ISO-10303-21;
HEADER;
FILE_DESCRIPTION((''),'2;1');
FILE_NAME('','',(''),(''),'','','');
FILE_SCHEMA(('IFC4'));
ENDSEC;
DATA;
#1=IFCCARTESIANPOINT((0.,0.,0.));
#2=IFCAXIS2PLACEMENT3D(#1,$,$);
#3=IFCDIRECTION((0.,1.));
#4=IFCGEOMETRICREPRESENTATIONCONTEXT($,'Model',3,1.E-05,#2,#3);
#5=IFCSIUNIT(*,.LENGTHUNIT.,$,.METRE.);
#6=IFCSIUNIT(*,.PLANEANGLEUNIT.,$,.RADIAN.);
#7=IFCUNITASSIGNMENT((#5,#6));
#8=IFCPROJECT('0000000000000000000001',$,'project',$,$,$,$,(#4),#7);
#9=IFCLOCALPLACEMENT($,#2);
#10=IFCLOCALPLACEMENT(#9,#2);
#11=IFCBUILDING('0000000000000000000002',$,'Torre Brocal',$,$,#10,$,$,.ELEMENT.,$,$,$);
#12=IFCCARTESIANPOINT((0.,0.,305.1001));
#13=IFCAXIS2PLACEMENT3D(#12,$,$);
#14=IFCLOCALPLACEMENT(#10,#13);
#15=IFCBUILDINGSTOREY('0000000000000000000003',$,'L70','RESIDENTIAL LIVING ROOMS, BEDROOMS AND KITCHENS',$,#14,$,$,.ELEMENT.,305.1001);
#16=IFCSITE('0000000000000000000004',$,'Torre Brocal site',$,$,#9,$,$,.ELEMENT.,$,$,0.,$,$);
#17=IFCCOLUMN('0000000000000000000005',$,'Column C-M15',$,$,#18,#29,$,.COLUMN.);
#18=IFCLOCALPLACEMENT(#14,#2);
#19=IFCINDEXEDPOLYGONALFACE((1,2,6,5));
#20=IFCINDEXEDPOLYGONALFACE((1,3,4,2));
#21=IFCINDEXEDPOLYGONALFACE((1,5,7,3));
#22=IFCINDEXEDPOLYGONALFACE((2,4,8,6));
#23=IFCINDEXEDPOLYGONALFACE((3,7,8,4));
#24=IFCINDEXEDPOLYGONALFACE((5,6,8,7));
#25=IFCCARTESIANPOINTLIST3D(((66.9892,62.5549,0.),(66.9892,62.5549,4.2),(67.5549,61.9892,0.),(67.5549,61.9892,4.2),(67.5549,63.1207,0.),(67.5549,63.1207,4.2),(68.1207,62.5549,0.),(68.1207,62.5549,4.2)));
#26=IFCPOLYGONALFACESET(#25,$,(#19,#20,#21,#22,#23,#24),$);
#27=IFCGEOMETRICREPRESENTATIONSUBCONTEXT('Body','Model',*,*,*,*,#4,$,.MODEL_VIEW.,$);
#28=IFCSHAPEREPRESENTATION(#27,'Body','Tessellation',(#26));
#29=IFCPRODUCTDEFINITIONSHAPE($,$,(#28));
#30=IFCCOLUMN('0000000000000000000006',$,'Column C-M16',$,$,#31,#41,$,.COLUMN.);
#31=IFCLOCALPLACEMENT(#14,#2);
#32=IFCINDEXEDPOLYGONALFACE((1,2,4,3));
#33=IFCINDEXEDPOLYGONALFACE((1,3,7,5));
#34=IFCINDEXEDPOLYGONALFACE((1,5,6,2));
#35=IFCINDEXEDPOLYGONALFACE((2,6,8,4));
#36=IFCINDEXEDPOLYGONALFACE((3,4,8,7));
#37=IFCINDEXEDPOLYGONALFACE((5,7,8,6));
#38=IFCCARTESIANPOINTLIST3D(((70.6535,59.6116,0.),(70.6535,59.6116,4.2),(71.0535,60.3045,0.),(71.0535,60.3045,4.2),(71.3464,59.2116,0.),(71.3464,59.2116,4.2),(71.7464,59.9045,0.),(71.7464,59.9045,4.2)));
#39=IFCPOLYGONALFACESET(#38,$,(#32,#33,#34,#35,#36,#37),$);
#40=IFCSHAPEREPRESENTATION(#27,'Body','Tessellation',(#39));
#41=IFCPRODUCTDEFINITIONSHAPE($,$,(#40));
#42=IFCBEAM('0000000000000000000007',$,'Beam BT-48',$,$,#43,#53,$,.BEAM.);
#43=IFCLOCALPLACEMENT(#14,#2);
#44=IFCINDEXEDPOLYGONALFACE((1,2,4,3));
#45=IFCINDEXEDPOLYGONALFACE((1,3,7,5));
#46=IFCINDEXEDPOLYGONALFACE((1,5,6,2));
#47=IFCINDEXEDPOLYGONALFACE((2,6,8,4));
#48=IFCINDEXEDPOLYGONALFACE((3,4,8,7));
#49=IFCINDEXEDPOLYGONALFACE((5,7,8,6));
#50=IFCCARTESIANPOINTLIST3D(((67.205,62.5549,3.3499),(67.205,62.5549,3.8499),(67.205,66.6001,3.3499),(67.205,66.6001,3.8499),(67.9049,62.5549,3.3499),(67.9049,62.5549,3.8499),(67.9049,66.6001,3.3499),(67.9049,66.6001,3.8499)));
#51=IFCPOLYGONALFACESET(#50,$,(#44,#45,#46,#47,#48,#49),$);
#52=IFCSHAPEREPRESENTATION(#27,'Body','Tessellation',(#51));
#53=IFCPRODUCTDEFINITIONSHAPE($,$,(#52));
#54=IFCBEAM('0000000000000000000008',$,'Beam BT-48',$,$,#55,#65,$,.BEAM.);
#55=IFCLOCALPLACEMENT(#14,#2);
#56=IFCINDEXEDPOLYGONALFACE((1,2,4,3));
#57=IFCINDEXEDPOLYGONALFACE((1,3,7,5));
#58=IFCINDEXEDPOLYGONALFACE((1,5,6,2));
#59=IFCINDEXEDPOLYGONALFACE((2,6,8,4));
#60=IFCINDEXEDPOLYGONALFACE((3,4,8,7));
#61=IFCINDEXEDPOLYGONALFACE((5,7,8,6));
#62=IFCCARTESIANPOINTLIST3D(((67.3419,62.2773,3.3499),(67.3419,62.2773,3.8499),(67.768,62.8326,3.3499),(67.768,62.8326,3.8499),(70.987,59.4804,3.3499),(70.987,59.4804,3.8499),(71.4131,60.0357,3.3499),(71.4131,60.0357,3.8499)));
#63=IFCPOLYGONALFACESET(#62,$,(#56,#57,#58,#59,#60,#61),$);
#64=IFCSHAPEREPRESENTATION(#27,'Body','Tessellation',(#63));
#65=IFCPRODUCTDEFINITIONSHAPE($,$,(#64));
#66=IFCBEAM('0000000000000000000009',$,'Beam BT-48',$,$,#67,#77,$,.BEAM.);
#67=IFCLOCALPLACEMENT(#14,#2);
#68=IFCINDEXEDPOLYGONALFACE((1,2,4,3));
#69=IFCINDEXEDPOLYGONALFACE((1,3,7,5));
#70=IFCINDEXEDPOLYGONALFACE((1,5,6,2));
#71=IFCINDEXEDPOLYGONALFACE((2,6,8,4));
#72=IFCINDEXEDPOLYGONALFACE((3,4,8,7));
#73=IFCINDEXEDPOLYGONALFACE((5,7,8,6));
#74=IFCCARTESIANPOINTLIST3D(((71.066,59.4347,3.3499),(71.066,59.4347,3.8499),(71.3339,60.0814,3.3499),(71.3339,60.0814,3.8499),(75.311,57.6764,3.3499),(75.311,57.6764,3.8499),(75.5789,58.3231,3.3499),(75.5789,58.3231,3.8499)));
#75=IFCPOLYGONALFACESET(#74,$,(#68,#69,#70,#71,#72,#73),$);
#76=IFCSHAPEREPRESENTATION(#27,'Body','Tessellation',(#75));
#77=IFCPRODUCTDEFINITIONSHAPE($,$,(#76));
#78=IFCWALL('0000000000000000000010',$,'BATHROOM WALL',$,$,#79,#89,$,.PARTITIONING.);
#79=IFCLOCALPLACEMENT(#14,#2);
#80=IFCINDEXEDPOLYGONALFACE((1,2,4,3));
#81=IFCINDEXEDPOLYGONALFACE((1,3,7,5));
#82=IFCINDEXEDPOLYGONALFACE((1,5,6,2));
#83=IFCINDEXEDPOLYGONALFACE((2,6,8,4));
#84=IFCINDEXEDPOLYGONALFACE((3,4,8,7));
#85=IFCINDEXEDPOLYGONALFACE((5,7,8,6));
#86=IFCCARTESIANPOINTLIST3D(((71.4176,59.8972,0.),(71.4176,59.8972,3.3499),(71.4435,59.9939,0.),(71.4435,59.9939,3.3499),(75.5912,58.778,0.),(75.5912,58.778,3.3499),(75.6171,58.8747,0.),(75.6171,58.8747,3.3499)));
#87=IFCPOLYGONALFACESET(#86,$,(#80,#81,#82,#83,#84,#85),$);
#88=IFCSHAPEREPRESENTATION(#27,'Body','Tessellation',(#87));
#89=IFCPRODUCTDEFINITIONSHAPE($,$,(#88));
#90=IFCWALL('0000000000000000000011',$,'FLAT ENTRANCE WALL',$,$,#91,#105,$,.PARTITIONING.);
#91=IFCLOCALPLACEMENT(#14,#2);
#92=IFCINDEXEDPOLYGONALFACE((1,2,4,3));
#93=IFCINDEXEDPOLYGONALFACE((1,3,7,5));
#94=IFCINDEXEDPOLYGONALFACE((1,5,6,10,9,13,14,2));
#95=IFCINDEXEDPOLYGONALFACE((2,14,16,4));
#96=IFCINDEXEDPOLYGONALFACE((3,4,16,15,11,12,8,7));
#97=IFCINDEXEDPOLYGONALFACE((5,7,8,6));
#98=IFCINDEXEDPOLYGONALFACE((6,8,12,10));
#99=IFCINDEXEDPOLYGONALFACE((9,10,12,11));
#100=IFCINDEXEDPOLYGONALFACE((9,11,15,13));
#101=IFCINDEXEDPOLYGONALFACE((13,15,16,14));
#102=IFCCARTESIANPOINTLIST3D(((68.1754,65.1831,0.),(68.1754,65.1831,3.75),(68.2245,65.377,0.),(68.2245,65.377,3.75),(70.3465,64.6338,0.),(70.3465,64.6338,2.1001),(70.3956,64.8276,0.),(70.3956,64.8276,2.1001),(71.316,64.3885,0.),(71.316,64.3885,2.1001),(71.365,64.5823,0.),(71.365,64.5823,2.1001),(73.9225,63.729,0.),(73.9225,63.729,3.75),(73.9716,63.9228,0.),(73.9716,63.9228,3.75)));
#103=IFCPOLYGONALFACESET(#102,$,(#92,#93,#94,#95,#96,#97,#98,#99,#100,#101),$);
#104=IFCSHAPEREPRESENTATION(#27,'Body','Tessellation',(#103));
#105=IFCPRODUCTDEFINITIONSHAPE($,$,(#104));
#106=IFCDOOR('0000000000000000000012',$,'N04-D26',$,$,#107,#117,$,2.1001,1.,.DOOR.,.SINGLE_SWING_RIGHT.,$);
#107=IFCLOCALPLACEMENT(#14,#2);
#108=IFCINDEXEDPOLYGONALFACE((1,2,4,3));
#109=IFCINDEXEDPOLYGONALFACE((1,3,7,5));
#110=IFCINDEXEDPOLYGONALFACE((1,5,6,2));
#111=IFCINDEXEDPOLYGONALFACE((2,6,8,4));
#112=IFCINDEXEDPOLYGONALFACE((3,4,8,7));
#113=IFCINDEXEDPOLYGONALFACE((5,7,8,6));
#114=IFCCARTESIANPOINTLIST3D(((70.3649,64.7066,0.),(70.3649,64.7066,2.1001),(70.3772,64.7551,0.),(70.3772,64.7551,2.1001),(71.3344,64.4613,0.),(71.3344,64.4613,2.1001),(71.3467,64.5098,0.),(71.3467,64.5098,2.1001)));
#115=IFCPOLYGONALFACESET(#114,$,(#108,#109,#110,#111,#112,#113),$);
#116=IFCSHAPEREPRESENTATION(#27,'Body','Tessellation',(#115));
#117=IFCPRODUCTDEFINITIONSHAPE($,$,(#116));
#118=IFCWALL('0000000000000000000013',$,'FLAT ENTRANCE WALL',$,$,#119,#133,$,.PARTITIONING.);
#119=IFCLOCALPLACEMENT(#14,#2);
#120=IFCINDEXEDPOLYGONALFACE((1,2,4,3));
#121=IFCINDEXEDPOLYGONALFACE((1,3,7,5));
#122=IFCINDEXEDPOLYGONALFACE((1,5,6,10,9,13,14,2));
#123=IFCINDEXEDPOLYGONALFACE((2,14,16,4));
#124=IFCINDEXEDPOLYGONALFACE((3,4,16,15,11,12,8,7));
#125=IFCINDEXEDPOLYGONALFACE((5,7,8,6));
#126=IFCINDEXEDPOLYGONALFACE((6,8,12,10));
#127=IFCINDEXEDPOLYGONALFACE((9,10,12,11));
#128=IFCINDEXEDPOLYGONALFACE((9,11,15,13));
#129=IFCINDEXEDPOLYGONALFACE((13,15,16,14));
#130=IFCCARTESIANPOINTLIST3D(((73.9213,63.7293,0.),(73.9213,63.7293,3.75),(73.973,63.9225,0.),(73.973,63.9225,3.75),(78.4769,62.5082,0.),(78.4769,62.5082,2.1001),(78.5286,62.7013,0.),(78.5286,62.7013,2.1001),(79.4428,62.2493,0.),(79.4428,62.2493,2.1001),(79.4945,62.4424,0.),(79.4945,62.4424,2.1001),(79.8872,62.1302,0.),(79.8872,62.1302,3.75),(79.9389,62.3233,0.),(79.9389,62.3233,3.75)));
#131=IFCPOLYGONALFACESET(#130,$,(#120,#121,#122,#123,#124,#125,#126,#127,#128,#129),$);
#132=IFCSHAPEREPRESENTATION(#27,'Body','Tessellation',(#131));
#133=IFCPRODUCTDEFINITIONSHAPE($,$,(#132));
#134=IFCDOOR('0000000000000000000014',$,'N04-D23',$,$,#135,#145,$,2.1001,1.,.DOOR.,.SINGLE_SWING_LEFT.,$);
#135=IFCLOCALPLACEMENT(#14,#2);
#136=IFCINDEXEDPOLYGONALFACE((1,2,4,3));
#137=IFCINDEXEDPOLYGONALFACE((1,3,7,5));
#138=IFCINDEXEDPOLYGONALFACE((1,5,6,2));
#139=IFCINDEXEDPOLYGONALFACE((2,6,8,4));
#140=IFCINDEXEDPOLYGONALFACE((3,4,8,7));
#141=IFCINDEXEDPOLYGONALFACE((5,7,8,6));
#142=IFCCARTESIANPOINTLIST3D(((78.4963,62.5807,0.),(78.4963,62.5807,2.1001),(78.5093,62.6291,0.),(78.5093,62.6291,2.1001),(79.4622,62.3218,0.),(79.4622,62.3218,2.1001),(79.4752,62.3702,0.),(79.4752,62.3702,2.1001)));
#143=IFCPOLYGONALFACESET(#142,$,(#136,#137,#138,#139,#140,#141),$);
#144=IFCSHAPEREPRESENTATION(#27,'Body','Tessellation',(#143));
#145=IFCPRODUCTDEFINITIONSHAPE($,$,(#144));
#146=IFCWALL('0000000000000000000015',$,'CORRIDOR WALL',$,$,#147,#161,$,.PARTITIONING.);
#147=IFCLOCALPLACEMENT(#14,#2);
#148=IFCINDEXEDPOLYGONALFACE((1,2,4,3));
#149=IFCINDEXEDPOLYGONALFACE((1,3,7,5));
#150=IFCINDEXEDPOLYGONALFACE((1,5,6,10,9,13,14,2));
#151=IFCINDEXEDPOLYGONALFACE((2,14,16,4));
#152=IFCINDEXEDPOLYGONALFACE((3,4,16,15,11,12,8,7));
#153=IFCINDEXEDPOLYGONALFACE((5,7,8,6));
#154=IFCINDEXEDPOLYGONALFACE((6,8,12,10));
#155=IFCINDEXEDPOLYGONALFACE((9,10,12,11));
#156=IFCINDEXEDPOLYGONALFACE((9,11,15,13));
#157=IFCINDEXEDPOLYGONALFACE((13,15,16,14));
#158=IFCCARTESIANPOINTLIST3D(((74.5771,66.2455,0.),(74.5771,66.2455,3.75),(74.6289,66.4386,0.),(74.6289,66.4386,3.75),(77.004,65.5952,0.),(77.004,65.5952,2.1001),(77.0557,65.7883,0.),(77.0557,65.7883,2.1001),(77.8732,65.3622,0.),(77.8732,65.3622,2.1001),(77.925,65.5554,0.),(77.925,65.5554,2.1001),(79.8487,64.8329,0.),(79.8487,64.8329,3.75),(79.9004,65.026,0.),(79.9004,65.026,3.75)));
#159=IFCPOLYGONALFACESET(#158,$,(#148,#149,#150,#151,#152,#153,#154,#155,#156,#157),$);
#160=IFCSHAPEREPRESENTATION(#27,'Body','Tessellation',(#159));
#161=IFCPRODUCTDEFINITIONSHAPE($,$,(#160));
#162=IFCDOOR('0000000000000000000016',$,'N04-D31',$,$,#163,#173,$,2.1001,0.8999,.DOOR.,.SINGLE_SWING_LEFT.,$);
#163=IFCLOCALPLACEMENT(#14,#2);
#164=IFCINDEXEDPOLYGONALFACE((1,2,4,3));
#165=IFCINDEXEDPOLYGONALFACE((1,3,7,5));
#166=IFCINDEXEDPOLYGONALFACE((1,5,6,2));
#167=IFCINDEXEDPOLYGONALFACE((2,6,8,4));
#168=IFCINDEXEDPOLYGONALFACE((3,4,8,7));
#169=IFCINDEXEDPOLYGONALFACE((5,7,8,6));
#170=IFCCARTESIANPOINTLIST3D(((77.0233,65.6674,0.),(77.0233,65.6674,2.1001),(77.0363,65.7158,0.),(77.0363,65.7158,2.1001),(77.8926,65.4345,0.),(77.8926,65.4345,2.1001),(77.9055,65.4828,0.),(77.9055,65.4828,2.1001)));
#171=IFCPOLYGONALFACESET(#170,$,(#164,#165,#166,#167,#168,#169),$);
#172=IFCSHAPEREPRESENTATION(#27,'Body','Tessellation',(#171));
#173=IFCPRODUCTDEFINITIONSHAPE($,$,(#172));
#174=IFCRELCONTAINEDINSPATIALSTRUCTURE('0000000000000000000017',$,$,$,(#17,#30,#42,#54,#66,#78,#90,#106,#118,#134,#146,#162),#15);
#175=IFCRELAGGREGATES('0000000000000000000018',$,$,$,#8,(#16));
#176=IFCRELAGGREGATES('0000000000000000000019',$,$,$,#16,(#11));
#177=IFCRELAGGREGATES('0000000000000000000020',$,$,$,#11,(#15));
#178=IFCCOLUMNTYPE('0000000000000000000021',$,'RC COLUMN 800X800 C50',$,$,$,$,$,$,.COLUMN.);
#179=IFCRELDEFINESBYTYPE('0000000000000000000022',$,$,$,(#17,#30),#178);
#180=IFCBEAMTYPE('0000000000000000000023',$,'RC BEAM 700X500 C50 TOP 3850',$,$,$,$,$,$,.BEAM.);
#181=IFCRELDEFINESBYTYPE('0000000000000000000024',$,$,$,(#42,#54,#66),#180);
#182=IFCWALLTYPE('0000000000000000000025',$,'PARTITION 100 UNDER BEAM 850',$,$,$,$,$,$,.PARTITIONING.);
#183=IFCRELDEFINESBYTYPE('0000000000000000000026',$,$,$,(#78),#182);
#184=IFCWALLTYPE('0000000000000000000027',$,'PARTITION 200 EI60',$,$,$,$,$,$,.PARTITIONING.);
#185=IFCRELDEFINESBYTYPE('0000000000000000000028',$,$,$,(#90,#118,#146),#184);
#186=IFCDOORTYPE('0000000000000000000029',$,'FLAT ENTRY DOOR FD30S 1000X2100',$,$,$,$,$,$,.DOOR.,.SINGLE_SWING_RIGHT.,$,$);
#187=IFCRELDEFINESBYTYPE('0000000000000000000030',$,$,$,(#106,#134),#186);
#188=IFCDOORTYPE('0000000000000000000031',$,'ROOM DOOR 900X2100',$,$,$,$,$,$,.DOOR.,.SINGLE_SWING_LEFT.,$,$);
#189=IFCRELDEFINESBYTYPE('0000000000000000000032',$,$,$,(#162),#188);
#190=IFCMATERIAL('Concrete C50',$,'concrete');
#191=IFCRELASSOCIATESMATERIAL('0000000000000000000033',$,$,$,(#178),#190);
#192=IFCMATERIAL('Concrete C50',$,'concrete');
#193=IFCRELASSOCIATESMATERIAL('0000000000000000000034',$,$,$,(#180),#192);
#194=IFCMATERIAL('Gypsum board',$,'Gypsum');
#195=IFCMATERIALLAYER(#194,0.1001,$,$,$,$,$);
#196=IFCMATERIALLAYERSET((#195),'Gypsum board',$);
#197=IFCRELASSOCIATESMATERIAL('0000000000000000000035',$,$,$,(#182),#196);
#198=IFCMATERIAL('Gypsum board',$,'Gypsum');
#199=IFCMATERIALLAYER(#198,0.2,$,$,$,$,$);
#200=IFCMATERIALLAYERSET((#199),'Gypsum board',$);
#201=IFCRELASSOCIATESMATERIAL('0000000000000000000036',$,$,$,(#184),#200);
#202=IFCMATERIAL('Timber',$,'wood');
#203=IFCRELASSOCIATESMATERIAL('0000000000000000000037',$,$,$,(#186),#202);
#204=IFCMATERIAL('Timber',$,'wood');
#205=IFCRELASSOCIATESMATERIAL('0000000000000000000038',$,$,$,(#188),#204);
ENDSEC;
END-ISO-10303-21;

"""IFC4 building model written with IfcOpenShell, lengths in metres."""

from ifc_helpers import new_model, si_unit, direction, frame, frame_2d, origin, origin_2d, place, context, subcontext, project, spatial, rectangle, extrude, material, layer, layer_set, material_profile, profile_set, type_object, element, fill, save


model = new_model("IFC4")

# Units and contexts
model_context = context("Model", 3, precision=1e-05, world=origin(), true_north=direction((0.0, 1.0)))
body_context = subcontext(model_context, "Body", "Model", "MODEL_VIEW")
ifc_project = project(units=[si_unit("LENGTHUNIT", "METRE"), si_unit("PLANEANGLEUNIT", "RADIAN")], contexts=[model_context])

# Site, building, storey
site_placement = place(None, origin())
site = spatial("IfcSite", under=ifc_project, at=site_placement, Name="Torre Brocal site", CompositionType="ELEMENT", RefElevation=0.0)
building_placement = place(site_placement, origin())
building = spatial("IfcBuilding", under=site, at=building_placement, Name="Torre Brocal", CompositionType="ELEMENT")
storey_placement = place(building_placement, frame((0.0, 0.0, 305.1001)))
storey = spatial("IfcBuildingStorey", under=building, at=storey_placement, Name="L70", Description="RESIDENTIAL LIVING ROOMS, BEDROOMS AND KITCHENS", CompositionType="ELEMENT", Elevation=305.1001)

# Columns
ifc_material_1 = material(Name="Concrete C50", Category="concrete")
ifc_material_profile_1 = material_profile(ifc_material_1, rectangle(XDim=0.8, YDim=0.8, at=origin_2d()), Name="RC 800X800")
ifc_profile_set_1 = profile_set([ifc_material_profile_1], Name="Concrete C50")
column_type = type_object("IfcColumnType", Name="RC COLUMN 800X800 C50", PredefinedType="COLUMN", material=ifc_profile_set_1)
for number, where, z_axis, x_axis, name in (
    (1, (67.5549, 62.5549, 0.0), (0.0, 0.0, 1.0), (-0.707107, -0.707107, 0.0), "Column C-M15"),
    (2, (71.2, 59.7581, 0.0), (0.0, 0.0, 1.0), (-0.5, -0.866025, 0.0), "Column C-M16"),
):
    element("IfcColumn", number, at=place(storey_placement, frame(where, z_axis=z_axis, x_axis=x_axis)), inside=storey, type_object=column_type, Name=name, PredefinedType="COLUMN", context=body_context, shape_type="SweptSolid", body=[
        extrude(rectangle(XDim=0.8, YDim=0.8, at=origin_2d()), origin(), (0.0, 0.0, 1.0), 4.2),
    ])

# Beams
ifc_material_2 = material(Name="Concrete C50", Category="concrete")
ifc_material_profile_2 = material_profile(ifc_material_2, rectangle(XDim=0.7, YDim=0.5, at=origin_2d()), Name="RC 700X500")
ifc_profile_set_2 = profile_set([ifc_material_profile_2], Name="Concrete C50")
beam_type = type_object("IfcBeamType", Name="RC BEAM 700X500 C50 TOP 3850", PredefinedType="BEAM", material=ifc_profile_set_2)
beam_1_placement = place(storey_placement, frame((67.5549, 62.5549, 3.5999), z_axis=(0.0, 1.0, 0.0), x_axis=(-1.0, 0.0, 0.0)))
element("IfcBeam", 3, at=beam_1_placement, inside=storey, type_object=beam_type, Name="Beam BT-48", PredefinedType="BEAM", context=body_context, shape_type="SweptSolid", body=[
    extrude(rectangle(XDim=0.7, YDim=0.5, at=origin_2d()), origin(), (0.0, 0.0, 1.0), 4.0452),
])
beam_2_placement = place(storey_placement, frame((67.5549, 62.5549, 3.5999), z_axis=(0.793358, -0.608755, 0.0), x_axis=(0.608755, 0.793358, 0.0)))
element("IfcBeam", 4, at=beam_2_placement, inside=storey, type_object=beam_type, Name="Beam BT-48", PredefinedType="BEAM", context=body_context, shape_type="SweptSolid", body=[
    extrude(rectangle(XDim=0.7, YDim=0.5, at=origin_2d()), origin(), (0.0, 0.0, 1.0), 4.5945),
])
beam_3_placement = place(storey_placement, frame((71.2, 59.7581, 3.5999), z_axis=(0.923878, -0.382687, 0.0), x_axis=(0.382687, 0.923878, 0.0)))
element("IfcBeam", 5, at=beam_3_placement, inside=storey, type_object=beam_type, Name="Beam BT-48", PredefinedType="BEAM", context=body_context, shape_type="SweptSolid", body=[
    extrude(rectangle(XDim=0.7, YDim=0.5, at=origin_2d()), origin(), (0.0, 0.0, 1.0), 4.5947),
])

# Wall
ifc_material_3 = material(Name="Gypsum board", Category="Gypsum")
ifc_layer_1 = layer(ifc_material_3, 0.1001)
ifc_layer_set_1 = layer_set([ifc_layer_1], Name="Gypsum board")
wall_type_1 = type_object("IfcWallType", Name="PARTITION 100 UNDER BEAM 850", PredefinedType="PARTITIONING", material=ifc_layer_set_1)
wall_1_placement = place(storey_placement, frame((71.4304, 59.9456, 0.0), z_axis=(0.0, 0.0, 1.0), x_axis=(0.965878, -0.258999, 0.0)))
element("IfcWall", 6, at=wall_1_placement, inside=storey, type_object=wall_type_1, Name="BATHROOM WALL", PredefinedType="PARTITIONING", context=body_context, shape_type="SweptSolid", body=[
    extrude(rectangle(XDim=4.321, YDim=0.1001, at=frame_2d((2.1606, 0.0))), origin(), (0.0, 0.0, 1.0), 3.3499),
])

# Walls, openings, doors
ifc_material_4 = material(Name="Gypsum board", Category="Gypsum")
ifc_layer_2 = layer(ifc_material_4, 0.2)
ifc_layer_set_2 = layer_set([ifc_layer_2], Name="Gypsum board")
wall_type_2 = type_object("IfcWallType", Name="PARTITION 200 EI60", PredefinedType="PARTITIONING", material=ifc_layer_set_2)
wall_2_placement = place(storey_placement, frame((68.2, 65.28, 0.0), z_axis=(0.0, 0.0, 1.0), x_axis=(0.969451, -0.245287, 0.0)))
wall_2 = element("IfcWall", 7, at=wall_2_placement, inside=storey, type_object=wall_type_2, Name="FLAT ENTRANCE WALL", PredefinedType="PARTITIONING", context=body_context, shape_type="SweptSolid", body=[
    extrude(rectangle(XDim=5.9282, YDim=0.2, at=frame_2d((2.9641, 0.0))), origin(), (0.0, 0.0, 1.0), 3.75),
])
opening_1_placement = place(wall_2_placement, frame((2.2395, 0.0, 0.0)))
opening_1 = element("IfcOpeningElement", 8, at=opening_1_placement, cuts=wall_2, PredefinedType="OPENING", context=body_context, shape_type="SweptSolid", body=[
    extrude(rectangle(XDim=1.0, YDim=2.1001, at=frame_2d((0.5, 1.05))), frame((0.0, 0.1099, 0.0), z_axis=(0.0, -1.0, 0.0), x_axis=(1.0, 0.0, 0.0)), (0.0, 0.0, 1.0), 0.22),
])
ifc_material_5 = material(Name="Timber", Category="wood")
door_type_1 = type_object("IfcDoorType", Name="FLAT ENTRY DOOR FD30S 1000X2100", OperationType="SINGLE_SWING_RIGHT", PredefinedType="DOOR", material=ifc_material_5)
door_1_placement = place(opening_1_placement, frame((1.0, 0.0, 0.0), z_axis=(0.0, 0.0, 1.0), x_axis=(-1.0, 0.0, 0.0)))
door_1 = element("IfcDoor", 9, at=door_1_placement, inside=storey, type_object=door_type_1, Name="N04-D26", OperationType="SINGLE_SWING_RIGHT", OverallHeight=2.1001, OverallWidth=1.0, PredefinedType="DOOR", context=body_context, shape_type="SweptSolid", body=[
    extrude(rectangle(XDim=1.0, YDim=2.1001, at=frame_2d((0.5, 1.05))), frame((0.0, 0.0249, 0.0), z_axis=(0.0, -1.0, 0.0), x_axis=(1.0, 0.0, 0.0)), (0.0, 0.0, 1.0), 0.05),
])
fill(opening_1, door_1)
wall_3_placement = place(storey_placement, frame((73.947, 63.8259, 0.0), z_axis=(0.0, 0.0, 1.0), x_axis=(0.965902, -0.258907, 0.0)))
wall_3 = element("IfcWall", 10, at=wall_3_placement, inside=storey, type_object=wall_type_2, Name="FLAT ENTRANCE WALL", PredefinedType="PARTITIONING", context=body_context, shape_type="SweptSolid", body=[
    extrude(rectangle(XDim=6.1765, YDim=0.2, at=frame_2d((3.0884, 0.0))), origin(), (0.0, 0.0, 1.0), 3.75),
])
opening_2_placement = place(wall_3_placement, frame((4.7166, 0.0, 0.0)))
opening_2 = element("IfcOpeningElement", 11, at=opening_2_placement, cuts=wall_3, PredefinedType="OPENING", context=body_context, shape_type="SweptSolid", body=[
    extrude(rectangle(XDim=1.0, YDim=2.1001, at=frame_2d((0.5, 1.05))), frame((0.0, 0.1099, 0.0), z_axis=(0.0, -1.0, 0.0), x_axis=(1.0, 0.0, 0.0)), (0.0, 0.0, 1.0), 0.22),
])
door_2_placement = place(opening_2_placement, frame((1.0, 0.0, 0.0), z_axis=(0.0, 0.0, 1.0), x_axis=(-1.0, 0.0, 0.0)))
door_2 = element("IfcDoor", 12, at=door_2_placement, inside=storey, type_object=door_type_1, Name="N04-D23", OperationType="SINGLE_SWING_LEFT", OverallHeight=2.1001, OverallWidth=1.0, PredefinedType="DOOR", context=body_context, shape_type="SweptSolid", body=[
    extrude(rectangle(XDim=1.0, YDim=2.1001, at=frame_2d((0.5, 1.05))), frame((0.0, 0.0249, 0.0), z_axis=(0.0, -1.0, 0.0), x_axis=(1.0, 0.0, 0.0)), (0.0, 0.0, 1.0), 0.05),
])
fill(opening_2, door_2)
wall_4_placement = place(storey_placement, frame((74.603, 66.342, 0.0), z_axis=(0.0, 0.0, 1.0), x_axis=(0.965921, -0.258837, 0.0)))
wall_4 = element("IfcWall", 13, at=wall_4_placement, inside=storey, type_object=wall_type_2, Name="CORRIDOR WALL", PredefinedType="PARTITIONING", context=body_context, shape_type="SweptSolid", body=[
    extrude(rectangle(XDim=5.4575, YDim=0.2, at=frame_2d((2.7288, 0.0))), origin(), (0.0, 0.0, 1.0), 3.75),
])
opening_3_placement = place(wall_4_placement, frame((2.5125, 0.0, 0.0)))
opening_3 = element("IfcOpeningElement", 14, at=opening_3_placement, cuts=wall_4, PredefinedType="OPENING", context=body_context, shape_type="SweptSolid", body=[
    extrude(rectangle(XDim=0.8999, YDim=2.1001, at=frame_2d((0.45, 1.05))), frame((0.0, 0.1099, 0.0), z_axis=(0.0, -1.0, 0.0), x_axis=(1.0, 0.0, 0.0)), (0.0, 0.0, 1.0), 0.22),
])
ifc_material_6 = material(Name="Timber", Category="wood")
door_type_2 = type_object("IfcDoorType", Name="ROOM DOOR 900X2100", OperationType="SINGLE_SWING_LEFT", PredefinedType="DOOR", material=ifc_material_6)
door_3_placement = place(opening_3_placement, origin())
door_3 = element("IfcDoor", 15, at=door_3_placement, inside=storey, type_object=door_type_2, Name="N04-D31", OperationType="SINGLE_SWING_LEFT", OverallHeight=2.1001, OverallWidth=0.8999, PredefinedType="DOOR", context=body_context, shape_type="SweptSolid", body=[
    extrude(rectangle(XDim=0.8999, YDim=2.1001, at=frame_2d((0.45, 1.05))), frame((0.0, 0.0249, 0.0), z_axis=(0.0, -1.0, 0.0), x_axis=(1.0, 0.0, 0.0)), (0.0, 0.0, 1.0), 0.05),
])
fill(opening_3, door_3)

save(model, "model.ifc")
